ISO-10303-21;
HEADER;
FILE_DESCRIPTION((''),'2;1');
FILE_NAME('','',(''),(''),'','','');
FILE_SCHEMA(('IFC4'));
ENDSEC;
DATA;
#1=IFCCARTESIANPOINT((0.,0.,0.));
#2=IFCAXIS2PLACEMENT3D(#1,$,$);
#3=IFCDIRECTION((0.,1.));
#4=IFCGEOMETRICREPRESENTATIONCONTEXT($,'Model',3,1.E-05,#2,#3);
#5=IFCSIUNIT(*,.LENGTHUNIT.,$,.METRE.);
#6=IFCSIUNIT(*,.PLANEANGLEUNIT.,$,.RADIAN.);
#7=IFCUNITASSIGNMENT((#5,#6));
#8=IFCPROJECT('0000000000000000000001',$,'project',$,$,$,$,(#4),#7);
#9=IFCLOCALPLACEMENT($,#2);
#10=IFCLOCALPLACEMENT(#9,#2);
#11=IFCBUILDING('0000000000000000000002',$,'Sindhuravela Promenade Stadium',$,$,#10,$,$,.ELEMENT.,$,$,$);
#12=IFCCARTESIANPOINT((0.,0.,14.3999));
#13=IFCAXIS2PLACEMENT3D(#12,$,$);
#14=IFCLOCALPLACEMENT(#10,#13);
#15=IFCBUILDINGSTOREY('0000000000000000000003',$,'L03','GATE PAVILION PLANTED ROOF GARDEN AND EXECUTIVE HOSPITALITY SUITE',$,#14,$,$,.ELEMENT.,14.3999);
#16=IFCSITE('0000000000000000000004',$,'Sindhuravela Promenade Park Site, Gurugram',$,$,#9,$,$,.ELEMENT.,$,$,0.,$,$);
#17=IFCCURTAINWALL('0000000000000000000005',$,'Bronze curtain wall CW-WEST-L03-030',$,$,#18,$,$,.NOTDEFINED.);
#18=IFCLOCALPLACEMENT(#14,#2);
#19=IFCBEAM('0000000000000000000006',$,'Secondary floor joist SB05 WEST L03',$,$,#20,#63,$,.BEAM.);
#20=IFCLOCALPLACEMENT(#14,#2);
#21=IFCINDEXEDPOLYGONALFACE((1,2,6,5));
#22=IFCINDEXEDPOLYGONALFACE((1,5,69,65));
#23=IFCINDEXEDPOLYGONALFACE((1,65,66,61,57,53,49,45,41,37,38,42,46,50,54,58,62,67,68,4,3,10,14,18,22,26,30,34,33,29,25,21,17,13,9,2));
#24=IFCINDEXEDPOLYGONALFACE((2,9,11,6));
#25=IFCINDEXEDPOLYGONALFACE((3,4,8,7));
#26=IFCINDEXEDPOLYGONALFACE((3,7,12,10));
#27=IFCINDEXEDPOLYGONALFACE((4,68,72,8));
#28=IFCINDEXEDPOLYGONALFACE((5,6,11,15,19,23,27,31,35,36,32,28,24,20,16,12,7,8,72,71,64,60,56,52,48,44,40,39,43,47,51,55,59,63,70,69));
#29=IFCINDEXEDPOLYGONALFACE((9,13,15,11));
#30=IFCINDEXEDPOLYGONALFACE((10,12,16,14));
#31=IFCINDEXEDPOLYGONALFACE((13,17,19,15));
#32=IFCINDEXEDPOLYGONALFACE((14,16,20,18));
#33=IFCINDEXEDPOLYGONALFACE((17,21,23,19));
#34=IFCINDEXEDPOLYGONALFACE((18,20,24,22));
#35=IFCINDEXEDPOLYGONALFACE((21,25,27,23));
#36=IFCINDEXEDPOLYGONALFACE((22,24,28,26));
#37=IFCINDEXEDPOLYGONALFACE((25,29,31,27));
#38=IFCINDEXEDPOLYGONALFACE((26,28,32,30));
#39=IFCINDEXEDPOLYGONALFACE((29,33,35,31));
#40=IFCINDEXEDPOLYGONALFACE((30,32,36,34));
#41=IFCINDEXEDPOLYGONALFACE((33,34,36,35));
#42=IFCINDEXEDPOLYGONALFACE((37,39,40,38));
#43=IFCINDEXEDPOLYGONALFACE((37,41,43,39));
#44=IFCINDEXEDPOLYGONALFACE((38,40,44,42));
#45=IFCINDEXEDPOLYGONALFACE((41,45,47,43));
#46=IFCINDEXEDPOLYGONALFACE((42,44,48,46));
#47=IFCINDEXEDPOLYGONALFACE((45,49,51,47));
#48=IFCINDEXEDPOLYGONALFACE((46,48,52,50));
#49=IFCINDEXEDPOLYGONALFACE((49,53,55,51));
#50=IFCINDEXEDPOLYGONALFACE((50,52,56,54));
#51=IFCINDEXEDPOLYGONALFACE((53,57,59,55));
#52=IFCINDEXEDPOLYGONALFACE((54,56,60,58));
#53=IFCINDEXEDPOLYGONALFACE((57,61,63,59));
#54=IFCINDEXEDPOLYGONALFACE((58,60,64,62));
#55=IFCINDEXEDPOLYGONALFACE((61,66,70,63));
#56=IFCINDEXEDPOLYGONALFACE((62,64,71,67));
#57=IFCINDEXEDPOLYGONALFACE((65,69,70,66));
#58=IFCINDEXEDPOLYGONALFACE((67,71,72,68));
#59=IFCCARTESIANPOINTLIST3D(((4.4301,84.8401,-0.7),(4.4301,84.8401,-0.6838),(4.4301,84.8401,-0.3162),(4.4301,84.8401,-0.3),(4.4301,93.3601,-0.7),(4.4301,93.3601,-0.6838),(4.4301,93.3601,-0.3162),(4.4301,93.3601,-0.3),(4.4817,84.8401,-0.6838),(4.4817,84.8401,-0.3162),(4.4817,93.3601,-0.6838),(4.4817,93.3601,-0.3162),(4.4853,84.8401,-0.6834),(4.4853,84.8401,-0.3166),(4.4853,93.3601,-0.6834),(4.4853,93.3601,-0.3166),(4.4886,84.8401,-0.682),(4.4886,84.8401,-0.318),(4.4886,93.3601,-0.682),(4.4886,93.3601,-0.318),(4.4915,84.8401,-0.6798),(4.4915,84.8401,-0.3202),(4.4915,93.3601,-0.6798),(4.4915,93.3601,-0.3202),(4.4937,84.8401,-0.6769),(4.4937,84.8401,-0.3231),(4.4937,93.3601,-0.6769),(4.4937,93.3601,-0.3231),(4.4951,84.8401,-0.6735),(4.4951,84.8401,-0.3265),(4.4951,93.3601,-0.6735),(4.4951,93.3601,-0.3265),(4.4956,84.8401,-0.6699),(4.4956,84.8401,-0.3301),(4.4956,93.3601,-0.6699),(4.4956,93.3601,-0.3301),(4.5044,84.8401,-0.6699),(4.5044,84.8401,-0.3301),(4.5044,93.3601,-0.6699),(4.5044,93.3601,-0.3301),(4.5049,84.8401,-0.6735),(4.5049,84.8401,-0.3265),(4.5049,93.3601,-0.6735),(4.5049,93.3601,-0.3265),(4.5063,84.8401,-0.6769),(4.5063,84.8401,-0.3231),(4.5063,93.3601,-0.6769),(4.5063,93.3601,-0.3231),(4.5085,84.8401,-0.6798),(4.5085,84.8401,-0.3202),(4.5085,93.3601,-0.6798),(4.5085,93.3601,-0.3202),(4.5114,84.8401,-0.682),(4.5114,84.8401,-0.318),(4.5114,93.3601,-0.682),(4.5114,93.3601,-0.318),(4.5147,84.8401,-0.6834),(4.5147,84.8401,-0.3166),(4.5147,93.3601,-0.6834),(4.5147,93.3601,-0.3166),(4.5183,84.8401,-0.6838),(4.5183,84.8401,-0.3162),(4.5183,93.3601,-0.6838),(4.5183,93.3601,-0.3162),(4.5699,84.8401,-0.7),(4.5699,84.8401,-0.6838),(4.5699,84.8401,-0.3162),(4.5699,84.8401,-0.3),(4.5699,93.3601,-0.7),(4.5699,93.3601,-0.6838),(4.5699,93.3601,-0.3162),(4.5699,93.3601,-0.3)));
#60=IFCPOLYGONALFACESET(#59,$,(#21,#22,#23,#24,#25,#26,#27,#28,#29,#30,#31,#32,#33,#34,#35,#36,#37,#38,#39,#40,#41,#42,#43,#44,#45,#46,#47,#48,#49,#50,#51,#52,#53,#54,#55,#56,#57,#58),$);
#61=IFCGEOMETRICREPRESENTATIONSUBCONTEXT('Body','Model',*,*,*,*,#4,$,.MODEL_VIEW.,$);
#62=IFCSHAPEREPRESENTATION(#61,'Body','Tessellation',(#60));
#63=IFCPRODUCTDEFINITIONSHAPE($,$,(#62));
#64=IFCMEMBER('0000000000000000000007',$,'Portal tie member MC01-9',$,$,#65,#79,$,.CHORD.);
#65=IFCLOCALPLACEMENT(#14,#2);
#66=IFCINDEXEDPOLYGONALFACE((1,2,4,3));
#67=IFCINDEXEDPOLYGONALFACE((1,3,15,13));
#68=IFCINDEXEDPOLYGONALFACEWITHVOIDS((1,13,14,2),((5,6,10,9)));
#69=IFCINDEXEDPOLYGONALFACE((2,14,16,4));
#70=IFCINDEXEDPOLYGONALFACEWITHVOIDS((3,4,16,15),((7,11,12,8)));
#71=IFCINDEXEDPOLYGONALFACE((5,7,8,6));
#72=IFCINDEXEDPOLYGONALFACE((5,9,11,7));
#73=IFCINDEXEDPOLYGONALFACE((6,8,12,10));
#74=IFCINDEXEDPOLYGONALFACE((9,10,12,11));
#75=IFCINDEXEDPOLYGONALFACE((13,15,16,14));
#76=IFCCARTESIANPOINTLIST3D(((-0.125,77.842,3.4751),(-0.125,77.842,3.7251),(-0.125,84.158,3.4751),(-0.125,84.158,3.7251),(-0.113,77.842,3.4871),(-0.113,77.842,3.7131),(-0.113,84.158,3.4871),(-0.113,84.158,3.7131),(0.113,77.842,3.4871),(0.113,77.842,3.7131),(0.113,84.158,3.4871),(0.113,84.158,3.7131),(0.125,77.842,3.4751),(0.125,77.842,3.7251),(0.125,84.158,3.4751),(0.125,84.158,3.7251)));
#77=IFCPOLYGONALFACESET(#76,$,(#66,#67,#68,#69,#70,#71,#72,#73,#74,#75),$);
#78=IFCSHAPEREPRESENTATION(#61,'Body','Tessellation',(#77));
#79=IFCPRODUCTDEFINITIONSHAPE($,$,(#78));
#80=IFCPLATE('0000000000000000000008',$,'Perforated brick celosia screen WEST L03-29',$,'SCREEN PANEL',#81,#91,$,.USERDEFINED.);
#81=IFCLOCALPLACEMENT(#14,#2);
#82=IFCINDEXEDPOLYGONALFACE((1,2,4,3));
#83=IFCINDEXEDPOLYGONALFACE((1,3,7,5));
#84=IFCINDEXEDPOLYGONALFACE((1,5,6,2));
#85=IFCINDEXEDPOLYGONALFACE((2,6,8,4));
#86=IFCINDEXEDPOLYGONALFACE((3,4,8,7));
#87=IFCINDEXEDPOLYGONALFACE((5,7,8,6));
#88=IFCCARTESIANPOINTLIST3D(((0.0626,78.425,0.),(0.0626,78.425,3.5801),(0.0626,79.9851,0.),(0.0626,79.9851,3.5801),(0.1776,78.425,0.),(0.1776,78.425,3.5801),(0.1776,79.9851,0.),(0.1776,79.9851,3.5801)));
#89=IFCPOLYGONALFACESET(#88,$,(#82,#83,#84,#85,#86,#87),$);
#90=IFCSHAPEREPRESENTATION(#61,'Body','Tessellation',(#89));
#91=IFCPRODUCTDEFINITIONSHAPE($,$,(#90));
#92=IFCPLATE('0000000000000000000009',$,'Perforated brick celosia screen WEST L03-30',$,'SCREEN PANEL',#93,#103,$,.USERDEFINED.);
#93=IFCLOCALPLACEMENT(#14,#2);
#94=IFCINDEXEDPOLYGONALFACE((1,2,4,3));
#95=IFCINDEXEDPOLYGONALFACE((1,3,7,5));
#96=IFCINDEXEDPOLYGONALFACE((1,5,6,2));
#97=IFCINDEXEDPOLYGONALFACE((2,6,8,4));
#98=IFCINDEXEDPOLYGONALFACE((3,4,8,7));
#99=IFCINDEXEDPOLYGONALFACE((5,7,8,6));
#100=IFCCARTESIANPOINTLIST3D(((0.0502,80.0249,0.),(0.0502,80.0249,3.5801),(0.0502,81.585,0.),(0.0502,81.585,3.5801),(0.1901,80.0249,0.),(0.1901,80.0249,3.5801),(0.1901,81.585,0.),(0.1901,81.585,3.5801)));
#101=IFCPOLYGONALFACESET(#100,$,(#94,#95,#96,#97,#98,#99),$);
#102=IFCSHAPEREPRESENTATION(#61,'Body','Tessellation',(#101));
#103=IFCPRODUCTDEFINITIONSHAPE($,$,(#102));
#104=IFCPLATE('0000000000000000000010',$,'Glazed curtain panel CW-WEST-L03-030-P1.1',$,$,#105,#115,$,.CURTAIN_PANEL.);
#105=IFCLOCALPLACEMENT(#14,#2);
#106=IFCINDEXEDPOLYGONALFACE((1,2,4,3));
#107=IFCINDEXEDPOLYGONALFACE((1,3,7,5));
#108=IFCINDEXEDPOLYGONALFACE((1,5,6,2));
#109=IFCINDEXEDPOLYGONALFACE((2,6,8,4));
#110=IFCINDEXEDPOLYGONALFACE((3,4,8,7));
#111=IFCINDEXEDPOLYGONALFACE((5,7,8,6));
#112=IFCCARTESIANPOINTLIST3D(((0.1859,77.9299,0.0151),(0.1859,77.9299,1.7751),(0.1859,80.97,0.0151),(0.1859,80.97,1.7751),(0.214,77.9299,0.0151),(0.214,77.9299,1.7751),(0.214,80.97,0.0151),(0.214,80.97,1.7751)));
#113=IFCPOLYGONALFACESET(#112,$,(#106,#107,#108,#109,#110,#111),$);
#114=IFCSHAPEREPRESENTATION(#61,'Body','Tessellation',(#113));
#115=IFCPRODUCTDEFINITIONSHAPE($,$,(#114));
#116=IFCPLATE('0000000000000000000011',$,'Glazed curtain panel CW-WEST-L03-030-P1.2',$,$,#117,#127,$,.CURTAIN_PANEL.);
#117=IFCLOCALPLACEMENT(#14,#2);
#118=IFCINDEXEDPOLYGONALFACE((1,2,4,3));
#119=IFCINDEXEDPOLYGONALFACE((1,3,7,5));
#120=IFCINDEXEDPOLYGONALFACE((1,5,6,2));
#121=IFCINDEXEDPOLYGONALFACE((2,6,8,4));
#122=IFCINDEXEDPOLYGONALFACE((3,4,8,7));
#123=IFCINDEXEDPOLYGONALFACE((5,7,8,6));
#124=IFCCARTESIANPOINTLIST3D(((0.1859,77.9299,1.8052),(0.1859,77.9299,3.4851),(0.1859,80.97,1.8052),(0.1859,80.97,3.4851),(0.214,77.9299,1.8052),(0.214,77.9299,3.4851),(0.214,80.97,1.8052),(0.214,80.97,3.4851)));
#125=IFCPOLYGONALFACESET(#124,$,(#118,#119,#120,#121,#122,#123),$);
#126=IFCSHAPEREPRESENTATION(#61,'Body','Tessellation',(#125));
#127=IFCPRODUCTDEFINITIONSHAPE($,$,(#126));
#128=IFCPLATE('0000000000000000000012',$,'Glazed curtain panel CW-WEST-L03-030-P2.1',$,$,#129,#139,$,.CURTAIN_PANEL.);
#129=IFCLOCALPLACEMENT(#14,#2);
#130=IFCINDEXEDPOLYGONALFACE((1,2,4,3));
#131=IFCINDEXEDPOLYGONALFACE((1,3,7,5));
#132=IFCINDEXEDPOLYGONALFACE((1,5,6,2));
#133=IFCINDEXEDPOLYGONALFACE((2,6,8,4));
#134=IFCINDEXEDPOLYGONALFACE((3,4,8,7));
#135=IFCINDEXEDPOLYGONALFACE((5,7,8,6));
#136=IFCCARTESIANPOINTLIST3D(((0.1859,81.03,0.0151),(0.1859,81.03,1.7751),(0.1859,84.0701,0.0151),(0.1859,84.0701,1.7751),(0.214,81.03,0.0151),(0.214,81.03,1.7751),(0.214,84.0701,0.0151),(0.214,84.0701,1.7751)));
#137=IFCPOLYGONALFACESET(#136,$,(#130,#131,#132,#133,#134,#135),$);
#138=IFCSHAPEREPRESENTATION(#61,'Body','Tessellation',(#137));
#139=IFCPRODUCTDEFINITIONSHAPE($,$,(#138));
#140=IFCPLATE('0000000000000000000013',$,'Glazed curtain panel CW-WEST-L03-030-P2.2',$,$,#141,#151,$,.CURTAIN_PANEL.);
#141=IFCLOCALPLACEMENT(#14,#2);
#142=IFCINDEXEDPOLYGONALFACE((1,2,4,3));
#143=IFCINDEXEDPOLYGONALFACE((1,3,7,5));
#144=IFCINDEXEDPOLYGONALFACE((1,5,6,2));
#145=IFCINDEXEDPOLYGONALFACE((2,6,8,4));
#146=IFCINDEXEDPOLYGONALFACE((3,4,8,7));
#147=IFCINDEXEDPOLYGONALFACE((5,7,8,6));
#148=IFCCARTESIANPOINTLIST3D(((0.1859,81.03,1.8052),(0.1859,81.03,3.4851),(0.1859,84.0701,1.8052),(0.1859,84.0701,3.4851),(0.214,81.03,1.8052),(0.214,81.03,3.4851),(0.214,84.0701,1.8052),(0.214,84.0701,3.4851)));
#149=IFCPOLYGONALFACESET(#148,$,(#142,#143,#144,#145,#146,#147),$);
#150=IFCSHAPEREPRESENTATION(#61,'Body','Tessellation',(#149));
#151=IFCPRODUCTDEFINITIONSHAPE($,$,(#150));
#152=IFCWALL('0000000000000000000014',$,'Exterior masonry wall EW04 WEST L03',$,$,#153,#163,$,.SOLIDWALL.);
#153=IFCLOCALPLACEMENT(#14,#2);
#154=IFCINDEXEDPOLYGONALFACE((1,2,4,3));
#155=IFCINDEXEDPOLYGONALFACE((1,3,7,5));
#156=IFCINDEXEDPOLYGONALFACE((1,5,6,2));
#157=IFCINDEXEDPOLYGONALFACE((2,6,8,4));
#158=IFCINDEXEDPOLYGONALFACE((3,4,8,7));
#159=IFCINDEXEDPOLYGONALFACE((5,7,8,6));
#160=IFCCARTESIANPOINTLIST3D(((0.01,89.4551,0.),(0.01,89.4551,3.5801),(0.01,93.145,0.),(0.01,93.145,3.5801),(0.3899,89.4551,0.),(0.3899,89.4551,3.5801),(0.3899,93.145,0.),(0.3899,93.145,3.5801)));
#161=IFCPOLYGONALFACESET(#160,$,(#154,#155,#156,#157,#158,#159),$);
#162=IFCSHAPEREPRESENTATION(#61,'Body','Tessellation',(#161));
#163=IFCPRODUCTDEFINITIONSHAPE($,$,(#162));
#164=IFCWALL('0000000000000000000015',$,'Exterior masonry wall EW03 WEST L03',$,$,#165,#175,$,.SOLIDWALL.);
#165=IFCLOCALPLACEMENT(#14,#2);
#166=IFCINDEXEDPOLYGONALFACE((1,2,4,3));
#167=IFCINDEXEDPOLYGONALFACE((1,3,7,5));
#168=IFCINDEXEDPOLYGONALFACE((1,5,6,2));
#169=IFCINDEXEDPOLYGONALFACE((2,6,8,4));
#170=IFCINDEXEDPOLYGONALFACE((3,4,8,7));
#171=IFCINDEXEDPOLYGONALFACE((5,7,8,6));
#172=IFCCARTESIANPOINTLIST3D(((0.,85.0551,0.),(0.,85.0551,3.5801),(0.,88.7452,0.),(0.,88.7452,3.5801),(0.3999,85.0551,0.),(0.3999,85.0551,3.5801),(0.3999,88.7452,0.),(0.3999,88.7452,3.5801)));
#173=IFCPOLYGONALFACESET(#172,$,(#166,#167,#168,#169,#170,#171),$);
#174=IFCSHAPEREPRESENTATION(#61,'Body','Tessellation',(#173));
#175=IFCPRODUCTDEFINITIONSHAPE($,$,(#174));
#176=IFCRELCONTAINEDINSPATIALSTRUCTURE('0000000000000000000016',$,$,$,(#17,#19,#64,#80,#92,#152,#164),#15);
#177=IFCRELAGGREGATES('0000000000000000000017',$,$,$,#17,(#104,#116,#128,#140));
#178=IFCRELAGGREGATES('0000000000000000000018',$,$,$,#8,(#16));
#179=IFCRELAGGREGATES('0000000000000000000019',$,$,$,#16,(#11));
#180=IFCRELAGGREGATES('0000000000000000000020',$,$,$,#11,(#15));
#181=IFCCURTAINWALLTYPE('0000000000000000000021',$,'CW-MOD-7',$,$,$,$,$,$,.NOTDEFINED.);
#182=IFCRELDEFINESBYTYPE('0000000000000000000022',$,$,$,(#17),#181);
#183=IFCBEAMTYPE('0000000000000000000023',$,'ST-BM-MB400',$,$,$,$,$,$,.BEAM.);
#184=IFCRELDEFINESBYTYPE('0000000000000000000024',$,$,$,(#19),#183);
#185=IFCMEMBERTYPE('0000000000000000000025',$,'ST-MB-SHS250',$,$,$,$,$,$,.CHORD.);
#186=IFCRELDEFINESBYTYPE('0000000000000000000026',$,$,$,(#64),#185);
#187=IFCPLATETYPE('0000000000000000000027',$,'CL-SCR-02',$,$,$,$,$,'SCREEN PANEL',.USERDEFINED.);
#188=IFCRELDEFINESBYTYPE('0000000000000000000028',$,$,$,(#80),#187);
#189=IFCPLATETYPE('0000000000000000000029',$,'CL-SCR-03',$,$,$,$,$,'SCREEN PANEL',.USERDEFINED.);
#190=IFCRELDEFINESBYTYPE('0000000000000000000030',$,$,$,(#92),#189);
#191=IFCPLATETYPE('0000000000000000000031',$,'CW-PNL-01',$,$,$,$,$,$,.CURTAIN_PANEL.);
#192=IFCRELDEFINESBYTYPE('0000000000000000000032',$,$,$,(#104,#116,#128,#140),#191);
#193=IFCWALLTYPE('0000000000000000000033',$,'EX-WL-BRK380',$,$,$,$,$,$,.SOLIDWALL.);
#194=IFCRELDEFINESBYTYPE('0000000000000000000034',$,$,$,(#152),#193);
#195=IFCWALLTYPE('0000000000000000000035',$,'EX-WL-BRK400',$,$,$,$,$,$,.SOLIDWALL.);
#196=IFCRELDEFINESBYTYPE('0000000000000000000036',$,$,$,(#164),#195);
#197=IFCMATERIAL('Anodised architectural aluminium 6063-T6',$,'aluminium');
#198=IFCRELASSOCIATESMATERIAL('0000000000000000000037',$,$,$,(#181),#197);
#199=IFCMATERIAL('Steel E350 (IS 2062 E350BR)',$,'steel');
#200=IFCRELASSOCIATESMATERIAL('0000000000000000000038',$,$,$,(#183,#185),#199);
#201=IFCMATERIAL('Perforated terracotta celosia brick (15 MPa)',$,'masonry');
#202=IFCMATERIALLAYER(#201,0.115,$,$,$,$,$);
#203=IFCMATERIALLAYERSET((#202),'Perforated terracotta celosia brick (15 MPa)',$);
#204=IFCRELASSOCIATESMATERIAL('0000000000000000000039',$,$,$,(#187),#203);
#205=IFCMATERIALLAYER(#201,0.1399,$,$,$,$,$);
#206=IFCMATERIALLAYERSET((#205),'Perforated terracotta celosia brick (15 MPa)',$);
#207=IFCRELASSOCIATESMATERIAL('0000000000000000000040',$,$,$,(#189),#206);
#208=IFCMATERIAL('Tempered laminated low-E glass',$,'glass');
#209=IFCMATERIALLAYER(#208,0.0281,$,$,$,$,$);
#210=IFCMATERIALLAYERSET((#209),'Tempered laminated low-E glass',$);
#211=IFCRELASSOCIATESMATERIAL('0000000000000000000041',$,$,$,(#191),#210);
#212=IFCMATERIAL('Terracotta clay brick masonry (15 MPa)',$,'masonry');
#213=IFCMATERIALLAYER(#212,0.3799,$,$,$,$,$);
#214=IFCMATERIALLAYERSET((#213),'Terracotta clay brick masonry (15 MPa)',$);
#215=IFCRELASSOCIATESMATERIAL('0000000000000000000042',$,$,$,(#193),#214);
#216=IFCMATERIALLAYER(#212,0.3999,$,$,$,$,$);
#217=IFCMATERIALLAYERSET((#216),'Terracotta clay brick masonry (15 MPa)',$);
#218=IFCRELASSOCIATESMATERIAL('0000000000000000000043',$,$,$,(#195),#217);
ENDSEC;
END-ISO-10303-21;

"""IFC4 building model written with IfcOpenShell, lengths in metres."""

from ifc_helpers import new_model, si_unit, direction, frame, frame_2d, origin, origin_2d, place, context, subcontext, project, spatial, rectangle, hollow_rectangle, i_section, extrude, material, layer, layer_set, material_profile, profile_set, type_object, element, aggregate, save


model = new_model("IFC4")

# Units and contexts
model_context = context("Model", 3, precision=1e-05, world=origin(), true_north=direction((0.0, 1.0)))
body_context = subcontext(model_context, "Body", "Model", "MODEL_VIEW")
ifc_project = project(units=[si_unit("LENGTHUNIT", "METRE"), si_unit("PLANEANGLEUNIT", "RADIAN")], contexts=[model_context])

# Site, building, storey
site_placement = place(None, origin())
site = spatial("IfcSite", under=ifc_project, at=site_placement, Name="Sindhuravela Promenade Park Site, Gurugram", CompositionType="ELEMENT", RefElevation=0.0)
building_placement = place(site_placement, origin())
building = spatial("IfcBuilding", under=site, at=building_placement, Name="Sindhuravela Promenade Stadium", CompositionType="ELEMENT")
storey_placement = place(building_placement, frame((0.0, 0.0, 14.3999)))
storey = spatial("IfcBuildingStorey", under=building, at=storey_placement, Name="L03", Description="GATE PAVILION PLANTED ROOF GARDEN AND EXECUTIVE HOSPITALITY SUITE", CompositionType="ELEMENT", Elevation=14.3999)

# Curtain wall
ifc_material_1 = material(Name="Anodised architectural aluminium 6063-T6", Category="aluminium")
curtain_wall_type = type_object("IfcCurtainWallType", Name="CW-MOD-7", PredefinedType="NOTDEFINED", material=ifc_material_1)
curtain_wall_placement = place(storey_placement, origin())
curtain_wall = element("IfcCurtainWall", 1, at=curtain_wall_placement, inside=storey, type_object=curtain_wall_type, Name="Bronze curtain wall CW-WEST-L03-030", PredefinedType="NOTDEFINED")

# Beam
ifc_material_2 = material(Name="Steel E350 (IS 2062 E350BR)", Category="steel")
ifc_material_profile_1 = material_profile(ifc_material_2, i_section(OverallWidth=0.1399, OverallDepth=0.3999, WebThickness=0.0088, FlangeThickness=0.0161, FilletRadius=0.0139, at=origin_2d()), Name="ISMB 400")
ifc_profile_set_1 = profile_set([ifc_material_profile_1], Name="Steel E350 (IS 2062 E350BR)")
beam_type_1 = type_object("IfcBeamType", Name="ST-BM-MB400", PredefinedType="BEAM", material=ifc_profile_set_1)
beam_1_placement = place(storey_placement, frame((4.5, 84.8401, -0.5), z_axis=(0.0, 1.0, 0.0), x_axis=(-1.0, 0.0, 0.0)))
element("IfcBeam", 2, at=beam_1_placement, inside=storey, type_object=beam_type_1, Name="Secondary floor joist SB05 WEST L03", PredefinedType="BEAM", context=body_context, shape_type="SweptSolid", body=[
    extrude(i_section(OverallWidth=0.1399, OverallDepth=0.3999, WebThickness=0.0088, FlangeThickness=0.0161, FilletRadius=0.0139, at=origin_2d()), origin(), (0.0, 0.0, 1.0), 8.52),
])

# Member
ifc_material_profile_2 = material_profile(ifc_material_2, hollow_rectangle(XDim=0.25, YDim=0.25, WallThickness=0.012, at=origin_2d()), Name="SHS 250x250x12")
ifc_profile_set_2 = profile_set([ifc_material_profile_2], Name="Steel E350 (IS 2062 E350BR)")
member_type_1 = type_object("IfcMemberType", Name="ST-MB-SHS250", PredefinedType="CHORD", material=ifc_profile_set_2)
member_1_placement = place(storey_placement, frame((0.0, 77.842, 3.6001), z_axis=(0.0, 1.0, 0.0), x_axis=(-1.0, 0.0, 0.0)))
element("IfcMember", 3, at=member_1_placement, inside=storey, type_object=member_type_1, Name="Portal tie member MC01-9", PredefinedType="CHORD", context=body_context, shape_type="SweptSolid", body=[
    extrude(hollow_rectangle(XDim=0.25, YDim=0.25, WallThickness=0.012, at=origin_2d()), origin(), (0.0, 0.0, 1.0), 6.3159),
])

# Plates
ifc_material_3 = material(Name="Perforated terracotta celosia brick (15 MPa)", Category="masonry")
ifc_layer_1 = layer(ifc_material_3, 0.115)
ifc_layer_set_1 = layer_set([ifc_layer_1], Name="Perforated terracotta celosia brick (15 MPa)")
plate_type_1 = type_object("IfcPlateType", Name="CL-SCR-02", ElementType="SCREEN PANEL", PredefinedType="USERDEFINED", material=ifc_layer_set_1)
plate_1_placement = place(storey_placement, frame((0.1201, 79.2051, 0.0), z_axis=(0.0, 0.0, 1.0), x_axis=(0.0, 1.0, 0.0)))
element("IfcPlate", 4, at=plate_1_placement, inside=storey, type_object=plate_type_1, Name="Perforated brick celosia screen WEST L03-29", ObjectType="SCREEN PANEL", PredefinedType="USERDEFINED", context=body_context, shape_type="SweptSolid", body=[
    extrude(rectangle(XDim=1.5601, YDim=0.115, at=origin_2d()), origin(), (0.0, 0.0, 1.0), 3.5801),
])
ifc_layer_2 = layer(ifc_material_3, 0.1399)
ifc_layer_set_2 = layer_set([ifc_layer_2], Name="Perforated terracotta celosia brick (15 MPa)")
plate_type_2 = type_object("IfcPlateType", Name="CL-SCR-03", ElementType="SCREEN PANEL", PredefinedType="USERDEFINED", material=ifc_layer_set_2)
plate_2_placement = place(storey_placement, frame((0.1201, 80.8049, 0.0), z_axis=(0.0, 0.0, 1.0), x_axis=(0.0, 1.0, 0.0)))
element("IfcPlate", 5, at=plate_2_placement, inside=storey, type_object=plate_type_2, Name="Perforated brick celosia screen WEST L03-30", ObjectType="SCREEN PANEL", PredefinedType="USERDEFINED", context=body_context, shape_type="SweptSolid", body=[
    extrude(rectangle(XDim=1.5601, YDim=0.1399, at=origin_2d()), origin(), (0.0, 0.0, 1.0), 3.5801),
])

# Plates
ifc_material_4 = material(Name="Tempered laminated low-E glass", Category="glass")
ifc_layer_3 = layer(ifc_material_4, 0.0281)
ifc_layer_set_3 = layer_set([ifc_layer_3], Name="Tempered laminated low-E glass")
plate_type_3 = type_object("IfcPlateType", Name="CW-PNL-01", PredefinedType="CURTAIN_PANEL", material=ifc_layer_set_3)
plate_3_placement = place(storey_placement, frame((0.2, 79.45, 0.0151), z_axis=(0.0, 0.0, 1.0), x_axis=(0.0, 1.0, 0.0)))
plate_3 = element("IfcPlate", 6, at=plate_3_placement, type_object=plate_type_3, Name="Glazed curtain panel CW-WEST-L03-030-P1.1", PredefinedType="CURTAIN_PANEL", context=body_context, shape_type="SweptSolid", body=[
    extrude(rectangle(XDim=3.04, YDim=0.0281, at=origin_2d()), origin(), (0.0, 0.0, 1.0), 1.76),
])
plate_4_placement = place(storey_placement, frame((0.2, 79.45, 1.8052), z_axis=(0.0, 0.0, 1.0), x_axis=(0.0, 1.0, 0.0)))
plate_4 = element("IfcPlate", 7, at=plate_4_placement, type_object=plate_type_3, Name="Glazed curtain panel CW-WEST-L03-030-P1.2", PredefinedType="CURTAIN_PANEL", context=body_context, shape_type="SweptSolid", body=[
    extrude(rectangle(XDim=3.04, YDim=0.0281, at=origin_2d()), origin(), (0.0, 0.0, 1.0), 1.6799),
])
plate_5_placement = place(storey_placement, frame((0.2, 82.55, 0.0151), z_axis=(0.0, 0.0, 1.0), x_axis=(0.0, 1.0, 0.0)))
plate_5 = element("IfcPlate", 8, at=plate_5_placement, type_object=plate_type_3, Name="Glazed curtain panel CW-WEST-L03-030-P2.1", PredefinedType="CURTAIN_PANEL", context=body_context, shape_type="SweptSolid", body=[
    extrude(rectangle(XDim=3.04, YDim=0.0281, at=origin_2d()), origin(), (0.0, 0.0, 1.0), 1.76),
])
plate_6_placement = place(storey_placement, frame((0.2, 82.55, 1.8052), z_axis=(0.0, 0.0, 1.0), x_axis=(0.0, 1.0, 0.0)))
plate_6 = element("IfcPlate", 9, at=plate_6_placement, type_object=plate_type_3, Name="Glazed curtain panel CW-WEST-L03-030-P2.2", PredefinedType="CURTAIN_PANEL", context=body_context, shape_type="SweptSolid", body=[
    extrude(rectangle(XDim=3.04, YDim=0.0281, at=origin_2d()), origin(), (0.0, 0.0, 1.0), 1.6799),
])
aggregate(curtain_wall, [plate_3, plate_4, plate_5, plate_6])

# Walls
ifc_material_5 = material(Name="Terracotta clay brick masonry (15 MPa)", Category="masonry")
ifc_layer_4 = layer(ifc_material_5, 0.3799)
ifc_layer_set_4 = layer_set([ifc_layer_4], Name="Terracotta clay brick masonry (15 MPa)")
wall_type_1 = type_object("IfcWallType", Name="EX-WL-BRK380", PredefinedType="SOLIDWALL", material=ifc_layer_set_4)
wall_1_placement = place(storey_placement, frame((0.2, 89.4551, 0.0), z_axis=(0.0, 0.0, 1.0), x_axis=(0.0, 1.0, 0.0)))
element("IfcWall", 10, at=wall_1_placement, inside=storey, type_object=wall_type_1, Name="Exterior masonry wall EW04 WEST L03", PredefinedType="SOLIDWALL", context=body_context, shape_type="SweptSolid", body=[
    extrude(rectangle(XDim=3.6899, YDim=0.3799, at=frame_2d((1.845, 0.0))), origin(), (0.0, 0.0, 1.0), 3.5801),
])
ifc_layer_5 = layer(ifc_material_5, 0.3999)
ifc_layer_set_5 = layer_set([ifc_layer_5], Name="Terracotta clay brick masonry (15 MPa)")
wall_type_2 = type_object("IfcWallType", Name="EX-WL-BRK400", PredefinedType="SOLIDWALL", material=ifc_layer_set_5)
wall_2_placement = place(storey_placement, frame((0.2, 85.0549, 0.0), z_axis=(0.0, 0.0, 1.0), x_axis=(0.0, 1.0, 0.0)))
element("IfcWall", 11, at=wall_2_placement, inside=storey, type_object=wall_type_2, Name="Exterior masonry wall EW03 WEST L03", PredefinedType="SOLIDWALL", context=body_context, shape_type="SweptSolid", body=[
    extrude(rectangle(XDim=3.6902, YDim=0.3999, at=frame_2d((1.8452, 0.0))), origin(), (0.0, 0.0, 1.0), 3.5801),
])

save(model, "model.ifc")
